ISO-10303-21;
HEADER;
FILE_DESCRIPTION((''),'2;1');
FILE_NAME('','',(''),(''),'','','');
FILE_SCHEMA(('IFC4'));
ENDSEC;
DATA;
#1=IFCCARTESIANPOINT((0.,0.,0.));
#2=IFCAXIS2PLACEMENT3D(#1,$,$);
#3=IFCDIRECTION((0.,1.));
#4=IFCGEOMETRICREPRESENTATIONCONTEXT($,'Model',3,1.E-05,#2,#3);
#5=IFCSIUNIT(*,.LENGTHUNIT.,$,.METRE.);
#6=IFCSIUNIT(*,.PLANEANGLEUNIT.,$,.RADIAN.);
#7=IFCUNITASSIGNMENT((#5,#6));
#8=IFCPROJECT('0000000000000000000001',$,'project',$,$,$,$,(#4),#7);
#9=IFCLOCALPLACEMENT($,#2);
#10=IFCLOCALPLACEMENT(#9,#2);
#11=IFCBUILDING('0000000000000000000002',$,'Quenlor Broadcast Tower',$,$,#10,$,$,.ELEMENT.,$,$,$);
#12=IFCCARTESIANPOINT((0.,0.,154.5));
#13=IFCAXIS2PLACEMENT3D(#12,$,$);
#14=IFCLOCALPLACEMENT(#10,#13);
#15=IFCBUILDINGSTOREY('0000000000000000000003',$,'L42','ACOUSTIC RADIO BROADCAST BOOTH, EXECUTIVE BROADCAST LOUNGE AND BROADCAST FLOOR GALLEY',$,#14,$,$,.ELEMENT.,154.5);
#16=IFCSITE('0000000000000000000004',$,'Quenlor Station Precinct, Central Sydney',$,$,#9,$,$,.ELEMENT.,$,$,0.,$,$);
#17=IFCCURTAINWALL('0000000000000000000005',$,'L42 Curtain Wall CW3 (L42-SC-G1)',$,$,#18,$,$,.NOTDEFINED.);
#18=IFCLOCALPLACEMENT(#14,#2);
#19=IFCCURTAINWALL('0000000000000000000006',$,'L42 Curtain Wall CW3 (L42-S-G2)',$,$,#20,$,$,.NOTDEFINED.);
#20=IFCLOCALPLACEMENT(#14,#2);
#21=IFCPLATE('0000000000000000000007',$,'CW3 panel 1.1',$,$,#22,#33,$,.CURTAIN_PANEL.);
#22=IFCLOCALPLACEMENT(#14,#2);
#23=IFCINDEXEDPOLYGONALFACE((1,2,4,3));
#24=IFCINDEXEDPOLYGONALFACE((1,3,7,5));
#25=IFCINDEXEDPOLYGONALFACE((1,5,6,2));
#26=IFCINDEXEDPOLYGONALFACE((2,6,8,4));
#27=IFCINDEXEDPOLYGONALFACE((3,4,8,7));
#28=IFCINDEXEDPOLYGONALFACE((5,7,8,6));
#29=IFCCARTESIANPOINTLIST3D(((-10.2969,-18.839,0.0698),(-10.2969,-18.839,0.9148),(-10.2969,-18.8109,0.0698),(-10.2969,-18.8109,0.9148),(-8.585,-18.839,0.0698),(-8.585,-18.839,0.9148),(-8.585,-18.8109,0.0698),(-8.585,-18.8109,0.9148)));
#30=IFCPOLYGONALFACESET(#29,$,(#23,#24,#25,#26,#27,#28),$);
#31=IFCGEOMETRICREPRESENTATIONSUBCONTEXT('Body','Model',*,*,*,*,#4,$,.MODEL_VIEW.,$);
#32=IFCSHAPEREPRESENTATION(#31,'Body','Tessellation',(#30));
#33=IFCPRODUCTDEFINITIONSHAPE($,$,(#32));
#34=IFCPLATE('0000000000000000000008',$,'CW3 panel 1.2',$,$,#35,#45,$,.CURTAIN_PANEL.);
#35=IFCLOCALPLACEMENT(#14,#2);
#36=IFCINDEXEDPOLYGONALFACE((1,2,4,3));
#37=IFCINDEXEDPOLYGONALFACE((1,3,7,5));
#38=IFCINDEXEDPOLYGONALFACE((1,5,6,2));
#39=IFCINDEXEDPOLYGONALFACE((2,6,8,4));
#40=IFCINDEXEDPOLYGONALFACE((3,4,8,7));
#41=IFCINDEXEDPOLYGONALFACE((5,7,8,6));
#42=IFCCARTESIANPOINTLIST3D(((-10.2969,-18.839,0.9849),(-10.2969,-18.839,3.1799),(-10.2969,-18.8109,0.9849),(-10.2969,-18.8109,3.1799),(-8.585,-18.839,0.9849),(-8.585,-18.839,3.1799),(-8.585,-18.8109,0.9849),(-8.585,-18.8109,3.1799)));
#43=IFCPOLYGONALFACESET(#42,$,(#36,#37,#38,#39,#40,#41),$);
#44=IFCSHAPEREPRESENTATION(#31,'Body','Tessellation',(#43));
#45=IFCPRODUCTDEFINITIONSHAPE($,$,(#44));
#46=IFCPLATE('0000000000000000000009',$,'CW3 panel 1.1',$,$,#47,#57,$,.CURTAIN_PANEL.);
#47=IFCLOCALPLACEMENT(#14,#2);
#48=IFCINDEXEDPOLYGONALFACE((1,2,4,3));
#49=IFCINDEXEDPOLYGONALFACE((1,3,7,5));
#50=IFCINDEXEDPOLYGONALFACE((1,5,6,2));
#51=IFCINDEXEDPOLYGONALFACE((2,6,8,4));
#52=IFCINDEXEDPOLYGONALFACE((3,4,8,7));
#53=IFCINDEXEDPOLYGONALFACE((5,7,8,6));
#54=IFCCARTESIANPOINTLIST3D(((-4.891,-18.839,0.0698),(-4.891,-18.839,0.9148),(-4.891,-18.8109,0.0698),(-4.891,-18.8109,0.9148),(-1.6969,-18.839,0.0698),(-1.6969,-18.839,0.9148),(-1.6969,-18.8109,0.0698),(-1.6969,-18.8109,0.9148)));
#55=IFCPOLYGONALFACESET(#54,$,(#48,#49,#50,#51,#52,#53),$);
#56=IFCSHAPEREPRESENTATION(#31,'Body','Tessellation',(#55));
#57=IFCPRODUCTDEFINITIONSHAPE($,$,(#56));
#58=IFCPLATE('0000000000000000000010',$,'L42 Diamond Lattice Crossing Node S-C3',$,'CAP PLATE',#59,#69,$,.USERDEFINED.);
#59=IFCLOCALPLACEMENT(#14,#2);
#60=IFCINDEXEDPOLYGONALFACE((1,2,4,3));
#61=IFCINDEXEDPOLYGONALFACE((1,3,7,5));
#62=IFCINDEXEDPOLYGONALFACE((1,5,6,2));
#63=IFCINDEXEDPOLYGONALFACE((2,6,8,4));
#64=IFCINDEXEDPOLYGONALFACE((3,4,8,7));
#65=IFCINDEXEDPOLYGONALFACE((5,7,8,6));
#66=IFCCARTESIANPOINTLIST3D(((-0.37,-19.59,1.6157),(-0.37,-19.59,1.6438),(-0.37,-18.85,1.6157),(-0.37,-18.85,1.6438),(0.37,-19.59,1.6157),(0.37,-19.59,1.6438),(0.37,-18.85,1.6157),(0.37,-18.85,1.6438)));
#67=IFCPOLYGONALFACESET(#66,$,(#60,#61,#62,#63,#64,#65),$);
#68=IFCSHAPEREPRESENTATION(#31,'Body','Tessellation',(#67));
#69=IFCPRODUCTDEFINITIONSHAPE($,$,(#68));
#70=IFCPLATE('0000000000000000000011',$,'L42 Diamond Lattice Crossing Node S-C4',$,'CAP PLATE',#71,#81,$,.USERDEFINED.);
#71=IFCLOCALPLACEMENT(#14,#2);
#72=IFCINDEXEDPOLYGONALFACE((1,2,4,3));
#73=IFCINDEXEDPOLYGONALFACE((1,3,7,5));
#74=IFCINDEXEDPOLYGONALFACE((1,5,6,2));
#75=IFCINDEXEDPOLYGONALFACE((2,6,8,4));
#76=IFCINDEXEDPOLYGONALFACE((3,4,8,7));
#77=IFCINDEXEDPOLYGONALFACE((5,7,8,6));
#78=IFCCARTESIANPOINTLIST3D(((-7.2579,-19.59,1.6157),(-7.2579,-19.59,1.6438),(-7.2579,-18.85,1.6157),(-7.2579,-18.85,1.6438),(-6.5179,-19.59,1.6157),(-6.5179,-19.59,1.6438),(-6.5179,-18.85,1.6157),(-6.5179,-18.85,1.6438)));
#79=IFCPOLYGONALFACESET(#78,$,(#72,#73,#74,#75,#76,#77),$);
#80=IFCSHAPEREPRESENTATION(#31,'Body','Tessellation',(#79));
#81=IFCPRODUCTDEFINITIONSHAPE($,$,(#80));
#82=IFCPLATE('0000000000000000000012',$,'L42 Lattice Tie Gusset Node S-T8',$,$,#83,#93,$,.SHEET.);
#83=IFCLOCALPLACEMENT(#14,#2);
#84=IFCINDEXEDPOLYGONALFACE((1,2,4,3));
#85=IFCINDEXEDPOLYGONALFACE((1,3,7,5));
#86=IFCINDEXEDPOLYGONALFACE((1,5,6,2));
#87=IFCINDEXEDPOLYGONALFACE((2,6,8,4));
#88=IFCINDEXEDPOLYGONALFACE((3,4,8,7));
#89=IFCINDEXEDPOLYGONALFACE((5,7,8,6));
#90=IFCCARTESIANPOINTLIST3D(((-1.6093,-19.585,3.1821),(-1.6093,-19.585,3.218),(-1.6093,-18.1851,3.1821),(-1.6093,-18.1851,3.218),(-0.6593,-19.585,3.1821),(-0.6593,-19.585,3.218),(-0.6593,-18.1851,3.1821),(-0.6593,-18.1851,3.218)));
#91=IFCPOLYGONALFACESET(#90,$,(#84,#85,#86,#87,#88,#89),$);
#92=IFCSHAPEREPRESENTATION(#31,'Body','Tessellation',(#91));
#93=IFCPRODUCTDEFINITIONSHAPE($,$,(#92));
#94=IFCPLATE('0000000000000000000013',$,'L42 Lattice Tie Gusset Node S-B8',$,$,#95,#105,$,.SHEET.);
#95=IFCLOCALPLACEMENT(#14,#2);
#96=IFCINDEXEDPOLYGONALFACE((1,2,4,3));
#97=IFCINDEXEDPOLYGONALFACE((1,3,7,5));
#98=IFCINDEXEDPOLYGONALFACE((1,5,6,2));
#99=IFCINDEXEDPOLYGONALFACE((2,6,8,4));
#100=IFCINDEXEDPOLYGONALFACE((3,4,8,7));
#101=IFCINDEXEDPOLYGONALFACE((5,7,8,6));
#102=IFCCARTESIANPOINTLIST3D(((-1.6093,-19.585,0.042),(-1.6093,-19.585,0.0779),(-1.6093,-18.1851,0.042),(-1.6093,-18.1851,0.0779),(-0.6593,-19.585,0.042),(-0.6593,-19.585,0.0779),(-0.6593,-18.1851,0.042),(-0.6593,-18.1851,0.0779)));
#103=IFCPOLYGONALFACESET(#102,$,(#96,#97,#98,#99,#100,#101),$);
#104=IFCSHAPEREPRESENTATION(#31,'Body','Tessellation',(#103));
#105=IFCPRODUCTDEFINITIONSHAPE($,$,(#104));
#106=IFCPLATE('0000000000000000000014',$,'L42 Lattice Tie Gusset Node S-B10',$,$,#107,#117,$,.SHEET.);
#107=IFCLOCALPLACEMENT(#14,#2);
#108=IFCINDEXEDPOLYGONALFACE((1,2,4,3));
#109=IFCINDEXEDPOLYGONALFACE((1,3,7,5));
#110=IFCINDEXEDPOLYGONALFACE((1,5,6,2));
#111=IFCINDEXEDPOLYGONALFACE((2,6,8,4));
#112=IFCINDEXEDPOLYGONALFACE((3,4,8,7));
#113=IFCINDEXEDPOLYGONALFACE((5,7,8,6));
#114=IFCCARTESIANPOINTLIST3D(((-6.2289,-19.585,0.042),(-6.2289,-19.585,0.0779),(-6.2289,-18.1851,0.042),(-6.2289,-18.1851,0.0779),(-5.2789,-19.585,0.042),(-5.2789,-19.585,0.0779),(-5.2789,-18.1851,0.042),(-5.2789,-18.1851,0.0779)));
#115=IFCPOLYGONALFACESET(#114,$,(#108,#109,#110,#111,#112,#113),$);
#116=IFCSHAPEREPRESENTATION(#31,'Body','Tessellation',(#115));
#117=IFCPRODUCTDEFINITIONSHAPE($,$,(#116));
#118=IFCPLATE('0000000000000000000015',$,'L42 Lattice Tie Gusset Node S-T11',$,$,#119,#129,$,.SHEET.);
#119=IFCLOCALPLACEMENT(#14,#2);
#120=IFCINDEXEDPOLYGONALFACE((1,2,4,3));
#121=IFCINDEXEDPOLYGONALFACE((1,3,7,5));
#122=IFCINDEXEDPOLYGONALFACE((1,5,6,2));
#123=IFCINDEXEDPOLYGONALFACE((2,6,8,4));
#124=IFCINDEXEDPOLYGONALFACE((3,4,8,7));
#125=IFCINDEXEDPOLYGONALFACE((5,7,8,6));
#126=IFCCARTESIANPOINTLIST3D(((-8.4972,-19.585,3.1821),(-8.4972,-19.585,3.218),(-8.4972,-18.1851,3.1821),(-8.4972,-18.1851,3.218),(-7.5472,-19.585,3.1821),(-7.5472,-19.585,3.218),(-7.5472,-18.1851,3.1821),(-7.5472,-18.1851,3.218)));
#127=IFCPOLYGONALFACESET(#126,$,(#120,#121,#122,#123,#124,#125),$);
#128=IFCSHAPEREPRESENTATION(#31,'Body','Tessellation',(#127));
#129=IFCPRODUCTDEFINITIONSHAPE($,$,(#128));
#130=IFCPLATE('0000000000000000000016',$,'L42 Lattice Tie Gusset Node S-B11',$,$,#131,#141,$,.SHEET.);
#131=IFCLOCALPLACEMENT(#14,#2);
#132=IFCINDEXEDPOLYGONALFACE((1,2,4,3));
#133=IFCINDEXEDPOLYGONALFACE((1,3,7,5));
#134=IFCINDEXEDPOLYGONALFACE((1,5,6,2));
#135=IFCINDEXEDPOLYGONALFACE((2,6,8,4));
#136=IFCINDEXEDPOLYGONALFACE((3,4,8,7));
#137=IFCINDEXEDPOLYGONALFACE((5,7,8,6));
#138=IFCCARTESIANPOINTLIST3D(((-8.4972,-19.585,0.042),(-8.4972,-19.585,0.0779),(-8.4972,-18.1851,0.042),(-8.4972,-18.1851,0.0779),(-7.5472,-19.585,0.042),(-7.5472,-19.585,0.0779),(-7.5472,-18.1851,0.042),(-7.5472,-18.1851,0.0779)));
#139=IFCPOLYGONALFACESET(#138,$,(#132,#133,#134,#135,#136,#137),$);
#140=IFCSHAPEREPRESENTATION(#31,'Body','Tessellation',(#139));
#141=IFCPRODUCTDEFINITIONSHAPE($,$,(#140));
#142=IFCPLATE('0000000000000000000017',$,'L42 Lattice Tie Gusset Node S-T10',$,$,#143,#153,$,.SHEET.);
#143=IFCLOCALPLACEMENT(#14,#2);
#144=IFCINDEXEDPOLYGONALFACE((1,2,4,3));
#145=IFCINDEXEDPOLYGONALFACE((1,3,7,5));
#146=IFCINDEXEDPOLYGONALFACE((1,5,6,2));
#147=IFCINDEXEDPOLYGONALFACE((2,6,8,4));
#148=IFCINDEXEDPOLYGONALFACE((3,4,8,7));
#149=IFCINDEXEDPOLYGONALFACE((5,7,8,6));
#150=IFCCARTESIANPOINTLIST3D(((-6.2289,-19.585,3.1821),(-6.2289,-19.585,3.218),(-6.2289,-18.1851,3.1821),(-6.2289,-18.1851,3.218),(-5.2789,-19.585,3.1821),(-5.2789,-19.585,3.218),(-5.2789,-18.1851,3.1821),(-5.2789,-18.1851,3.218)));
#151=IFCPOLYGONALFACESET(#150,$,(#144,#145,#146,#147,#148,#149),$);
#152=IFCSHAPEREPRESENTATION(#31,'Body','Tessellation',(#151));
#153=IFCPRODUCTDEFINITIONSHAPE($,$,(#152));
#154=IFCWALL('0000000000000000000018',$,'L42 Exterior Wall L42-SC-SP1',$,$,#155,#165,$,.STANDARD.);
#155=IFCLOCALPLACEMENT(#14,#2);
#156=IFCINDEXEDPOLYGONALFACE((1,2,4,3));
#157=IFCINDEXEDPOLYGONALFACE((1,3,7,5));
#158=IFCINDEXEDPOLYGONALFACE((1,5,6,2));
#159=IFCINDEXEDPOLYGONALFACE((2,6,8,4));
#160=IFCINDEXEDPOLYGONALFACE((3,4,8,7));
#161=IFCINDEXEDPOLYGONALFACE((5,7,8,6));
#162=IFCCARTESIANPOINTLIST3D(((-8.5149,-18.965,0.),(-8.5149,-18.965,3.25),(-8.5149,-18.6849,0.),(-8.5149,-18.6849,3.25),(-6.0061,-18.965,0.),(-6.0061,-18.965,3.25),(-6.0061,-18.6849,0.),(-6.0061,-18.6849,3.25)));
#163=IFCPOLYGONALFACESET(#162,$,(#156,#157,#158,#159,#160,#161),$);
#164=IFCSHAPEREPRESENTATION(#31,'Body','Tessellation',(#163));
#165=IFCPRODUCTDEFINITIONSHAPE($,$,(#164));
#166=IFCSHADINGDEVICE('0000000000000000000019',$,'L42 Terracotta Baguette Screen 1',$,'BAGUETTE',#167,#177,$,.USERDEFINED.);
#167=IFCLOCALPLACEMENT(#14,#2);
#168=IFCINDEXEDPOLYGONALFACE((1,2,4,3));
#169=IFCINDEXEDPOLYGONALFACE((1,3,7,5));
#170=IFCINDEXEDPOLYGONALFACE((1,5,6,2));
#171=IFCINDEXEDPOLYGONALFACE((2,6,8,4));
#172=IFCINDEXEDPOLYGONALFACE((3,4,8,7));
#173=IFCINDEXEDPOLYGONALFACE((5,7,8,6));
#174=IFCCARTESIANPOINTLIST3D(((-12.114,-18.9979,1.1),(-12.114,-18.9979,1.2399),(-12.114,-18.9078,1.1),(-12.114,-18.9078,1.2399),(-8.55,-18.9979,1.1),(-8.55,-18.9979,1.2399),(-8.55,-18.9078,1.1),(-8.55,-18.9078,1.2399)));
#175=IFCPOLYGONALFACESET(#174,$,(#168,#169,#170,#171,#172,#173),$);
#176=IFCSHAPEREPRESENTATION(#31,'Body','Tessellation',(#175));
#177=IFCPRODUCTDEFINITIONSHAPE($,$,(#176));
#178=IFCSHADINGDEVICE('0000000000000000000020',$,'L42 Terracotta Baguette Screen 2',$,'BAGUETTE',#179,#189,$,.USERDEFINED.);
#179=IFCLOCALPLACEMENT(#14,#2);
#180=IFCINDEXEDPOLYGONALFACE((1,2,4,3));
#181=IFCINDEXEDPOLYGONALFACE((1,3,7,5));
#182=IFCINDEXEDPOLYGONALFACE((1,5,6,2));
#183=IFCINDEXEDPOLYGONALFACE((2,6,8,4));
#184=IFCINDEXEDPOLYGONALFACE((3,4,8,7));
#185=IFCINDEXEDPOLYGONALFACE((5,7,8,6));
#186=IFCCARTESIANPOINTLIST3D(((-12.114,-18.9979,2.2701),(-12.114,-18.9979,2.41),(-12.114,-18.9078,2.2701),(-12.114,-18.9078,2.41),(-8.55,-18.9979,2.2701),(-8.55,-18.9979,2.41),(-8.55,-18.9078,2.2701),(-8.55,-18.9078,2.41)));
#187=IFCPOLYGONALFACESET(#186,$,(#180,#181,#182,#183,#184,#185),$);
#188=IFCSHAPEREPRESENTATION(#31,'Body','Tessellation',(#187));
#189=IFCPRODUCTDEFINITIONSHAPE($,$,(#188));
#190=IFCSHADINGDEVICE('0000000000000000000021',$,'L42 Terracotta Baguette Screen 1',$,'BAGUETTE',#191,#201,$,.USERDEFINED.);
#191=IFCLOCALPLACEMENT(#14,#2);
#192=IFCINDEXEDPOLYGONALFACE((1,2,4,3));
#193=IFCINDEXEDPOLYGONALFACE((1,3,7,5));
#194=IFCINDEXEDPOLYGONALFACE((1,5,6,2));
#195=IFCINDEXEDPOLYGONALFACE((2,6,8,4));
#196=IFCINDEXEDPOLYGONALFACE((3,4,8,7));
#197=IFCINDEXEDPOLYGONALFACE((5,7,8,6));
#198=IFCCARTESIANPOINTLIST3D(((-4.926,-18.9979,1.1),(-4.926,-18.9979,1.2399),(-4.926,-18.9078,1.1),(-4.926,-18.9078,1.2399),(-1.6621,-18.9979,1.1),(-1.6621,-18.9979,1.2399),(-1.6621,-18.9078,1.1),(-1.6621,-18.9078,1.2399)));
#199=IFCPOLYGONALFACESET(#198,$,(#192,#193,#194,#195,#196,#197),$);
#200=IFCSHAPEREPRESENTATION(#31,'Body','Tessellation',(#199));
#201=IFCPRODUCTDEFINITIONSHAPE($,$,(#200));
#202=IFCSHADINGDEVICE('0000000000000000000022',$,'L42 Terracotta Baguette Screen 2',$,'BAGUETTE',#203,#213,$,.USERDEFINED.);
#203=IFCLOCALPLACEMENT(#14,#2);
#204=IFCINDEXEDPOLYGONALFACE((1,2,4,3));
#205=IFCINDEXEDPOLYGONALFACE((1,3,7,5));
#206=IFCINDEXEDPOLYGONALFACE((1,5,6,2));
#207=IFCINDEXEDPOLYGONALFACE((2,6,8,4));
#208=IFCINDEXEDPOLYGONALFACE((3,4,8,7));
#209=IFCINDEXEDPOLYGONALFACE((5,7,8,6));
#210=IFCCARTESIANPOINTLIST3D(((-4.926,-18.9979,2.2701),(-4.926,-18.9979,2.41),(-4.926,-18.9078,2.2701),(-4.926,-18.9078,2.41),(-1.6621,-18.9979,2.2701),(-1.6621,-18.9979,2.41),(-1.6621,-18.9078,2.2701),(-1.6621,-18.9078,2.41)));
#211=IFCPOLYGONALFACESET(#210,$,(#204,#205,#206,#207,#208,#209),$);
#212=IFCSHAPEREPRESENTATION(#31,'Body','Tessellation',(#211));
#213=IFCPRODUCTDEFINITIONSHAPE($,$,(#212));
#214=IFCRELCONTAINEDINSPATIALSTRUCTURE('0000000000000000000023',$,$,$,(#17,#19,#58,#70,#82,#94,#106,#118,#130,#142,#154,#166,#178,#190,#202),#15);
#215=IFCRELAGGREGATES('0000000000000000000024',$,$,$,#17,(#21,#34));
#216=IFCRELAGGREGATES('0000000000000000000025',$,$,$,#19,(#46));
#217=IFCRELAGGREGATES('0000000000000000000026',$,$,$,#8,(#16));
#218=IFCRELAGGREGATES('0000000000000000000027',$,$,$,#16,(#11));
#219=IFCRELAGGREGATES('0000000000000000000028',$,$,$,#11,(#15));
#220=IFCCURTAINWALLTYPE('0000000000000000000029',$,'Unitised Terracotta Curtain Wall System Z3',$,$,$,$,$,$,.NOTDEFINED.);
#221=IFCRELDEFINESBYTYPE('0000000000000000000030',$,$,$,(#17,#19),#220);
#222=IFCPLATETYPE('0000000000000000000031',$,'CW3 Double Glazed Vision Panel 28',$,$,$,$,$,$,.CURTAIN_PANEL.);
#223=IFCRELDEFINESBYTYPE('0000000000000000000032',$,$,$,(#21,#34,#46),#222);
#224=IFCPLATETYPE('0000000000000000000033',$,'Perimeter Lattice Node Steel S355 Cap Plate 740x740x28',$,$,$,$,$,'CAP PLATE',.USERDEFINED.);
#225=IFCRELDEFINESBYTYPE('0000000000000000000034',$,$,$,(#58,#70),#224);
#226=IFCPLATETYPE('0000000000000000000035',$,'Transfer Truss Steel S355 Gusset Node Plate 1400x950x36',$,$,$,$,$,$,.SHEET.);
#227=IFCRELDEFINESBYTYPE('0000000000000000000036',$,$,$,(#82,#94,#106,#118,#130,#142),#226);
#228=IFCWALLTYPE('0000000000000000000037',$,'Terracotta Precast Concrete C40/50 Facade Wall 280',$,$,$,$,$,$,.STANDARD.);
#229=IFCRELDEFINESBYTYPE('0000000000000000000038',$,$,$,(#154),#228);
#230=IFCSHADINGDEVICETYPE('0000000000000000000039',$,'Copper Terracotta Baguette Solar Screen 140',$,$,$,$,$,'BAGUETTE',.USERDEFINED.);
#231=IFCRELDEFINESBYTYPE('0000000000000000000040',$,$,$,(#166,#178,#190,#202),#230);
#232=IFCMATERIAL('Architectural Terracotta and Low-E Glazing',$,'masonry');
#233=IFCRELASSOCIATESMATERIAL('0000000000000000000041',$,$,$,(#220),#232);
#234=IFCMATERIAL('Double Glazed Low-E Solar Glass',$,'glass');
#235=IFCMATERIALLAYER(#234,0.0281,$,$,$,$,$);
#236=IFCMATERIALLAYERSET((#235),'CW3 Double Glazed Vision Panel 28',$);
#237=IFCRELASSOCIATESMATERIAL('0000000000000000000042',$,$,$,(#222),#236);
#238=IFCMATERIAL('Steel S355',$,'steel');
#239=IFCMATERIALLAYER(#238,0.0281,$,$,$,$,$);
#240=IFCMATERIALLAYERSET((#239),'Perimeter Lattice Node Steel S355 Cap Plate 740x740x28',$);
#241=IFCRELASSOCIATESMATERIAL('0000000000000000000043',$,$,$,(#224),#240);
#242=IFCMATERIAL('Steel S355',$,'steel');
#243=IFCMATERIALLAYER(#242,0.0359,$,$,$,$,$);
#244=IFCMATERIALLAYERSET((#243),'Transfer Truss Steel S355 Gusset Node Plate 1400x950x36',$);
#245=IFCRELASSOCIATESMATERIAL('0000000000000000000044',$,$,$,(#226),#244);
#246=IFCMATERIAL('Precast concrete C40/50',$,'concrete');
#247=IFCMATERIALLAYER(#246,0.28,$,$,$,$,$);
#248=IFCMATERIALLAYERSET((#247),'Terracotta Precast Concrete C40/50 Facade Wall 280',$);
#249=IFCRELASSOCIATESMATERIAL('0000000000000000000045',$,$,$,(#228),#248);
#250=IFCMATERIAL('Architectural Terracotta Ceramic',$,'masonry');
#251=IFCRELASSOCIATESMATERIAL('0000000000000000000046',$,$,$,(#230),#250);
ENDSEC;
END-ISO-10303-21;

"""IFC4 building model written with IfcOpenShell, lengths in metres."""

from ifc_helpers import new_model, si_unit, direction, frame, frame_2d, origin, origin_2d, place, context, subcontext, project, spatial, rectangle, extrude, material, layer, layer_set, material_profile, profile_set, type_object, element, aggregate, save


model = new_model("IFC4")

# Units and contexts
model_context = context("Model", 3, precision=1e-05, world=origin(), true_north=direction((0.0, 1.0)))
body_context = subcontext(model_context, "Body", "Model", "MODEL_VIEW")
ifc_project = project(units=[si_unit("LENGTHUNIT", "METRE"), si_unit("PLANEANGLEUNIT", "RADIAN")], contexts=[model_context])

# Site, building, storey
site_placement = place(None, origin())
site = spatial("IfcSite", under=ifc_project, at=site_placement, Name="Quenlor Station Precinct, Central Sydney", CompositionType="ELEMENT", RefElevation=0.0)
building_placement = place(site_placement, origin())
building = spatial("IfcBuilding", under=site, at=building_placement, Name="Quenlor Broadcast Tower", CompositionType="ELEMENT")
storey_placement = place(building_placement, frame((0.0, 0.0, 154.5)))
storey = spatial("IfcBuildingStorey", under=building, at=storey_placement, Name="L42", Description="ACOUSTIC RADIO BROADCAST BOOTH, EXECUTIVE BROADCAST LOUNGE AND BROADCAST FLOOR GALLEY", CompositionType="ELEMENT", Elevation=154.5)

# Curtain wall
ifc_material_1 = material(Name="Architectural Terracotta and Low-E Glazing", Category="masonry")
curtain_wall_type = type_object("IfcCurtainWallType", Name="Unitised Terracotta Curtain Wall System Z3", PredefinedType="NOTDEFINED", material=ifc_material_1)
curtain_wall_1_placement = place(storey_placement, origin())
curtain_wall_1 = element("IfcCurtainWall", 1, at=curtain_wall_1_placement, inside=storey, type_object=curtain_wall_type, Name="L42 Curtain Wall CW3 (L42-SC-G1)", PredefinedType="NOTDEFINED")

# Curtain wall
curtain_wall_2_placement = place(storey_placement, origin())
curtain_wall_2 = element("IfcCurtainWall", 2, at=curtain_wall_2_placement, inside=storey, type_object=curtain_wall_type, Name="L42 Curtain Wall CW3 (L42-S-G2)", PredefinedType="NOTDEFINED")

# Plates
ifc_material_2 = material(Name="Double Glazed Low-E Solar Glass", Category="glass")
ifc_layer_1 = layer(ifc_material_2, 0.0281)
ifc_layer_set_1 = layer_set([ifc_layer_1], Name="CW3 Double Glazed Vision Panel 28")
plate_type_1 = type_object("IfcPlateType", Name="CW3 Double Glazed Vision Panel 28", PredefinedType="CURTAIN_PANEL", material=ifc_layer_set_1)
plate_1_placement = place(storey_placement, frame((-9.4409, -18.825, 0.0698), z_axis=(0.0, 0.0, 1.0), x_axis=(-1.0, 0.0, 0.0)))
plate_1 = element("IfcPlate", 3, at=plate_1_placement, type_object=plate_type_1, Name="CW3 panel 1.1", PredefinedType="CURTAIN_PANEL", context=body_context, shape_type="SweptSolid", body=[
    extrude(rectangle(XDim=1.7119, YDim=0.0281, at=origin_2d()), origin(), (0.0, 0.0, 1.0), 0.845),
])
plate_2_placement = place(storey_placement, frame((-9.4409, -18.825, 0.9849), z_axis=(0.0, 0.0, 1.0), x_axis=(-1.0, 0.0, 0.0)))
plate_2 = element("IfcPlate", 4, at=plate_2_placement, type_object=plate_type_1, Name="CW3 panel 1.2", PredefinedType="CURTAIN_PANEL", context=body_context, shape_type="SweptSolid", body=[
    extrude(rectangle(XDim=1.7119, YDim=0.0281, at=origin_2d()), origin(), (0.0, 0.0, 1.0), 2.1951),
])
aggregate(curtain_wall_1, [plate_1, plate_2])
plate_3_placement = place(storey_placement, frame((-3.2939, -18.825, 0.0698), z_axis=(0.0, 0.0, 1.0), x_axis=(-1.0, 0.0, 0.0)))
plate_3 = element("IfcPlate", 5, at=plate_3_placement, type_object=plate_type_1, Name="CW3 panel 1.1", PredefinedType="CURTAIN_PANEL", context=body_context, shape_type="SweptSolid", body=[
    extrude(rectangle(XDim=3.1941, YDim=0.0281, at=origin_2d()), origin(), (0.0, 0.0, 1.0), 0.845),
])
aggregate(curtain_wall_2, [plate_3])

# Plates
ifc_material_3 = material(Name="Steel S355", Category="steel")
ifc_layer_2 = layer(ifc_material_3, 0.0281)
ifc_layer_set_2 = layer_set([ifc_layer_2], Name="Perimeter Lattice Node Steel S355 Cap Plate 740x740x28")
plate_type_2 = type_object("IfcPlateType", Name="Perimeter Lattice Node Steel S355 Cap Plate 740x740x28", ElementType="CAP PLATE", PredefinedType="USERDEFINED", material=ifc_layer_set_2)
for number, where, z_axis, x_axis, name in (
    (6, (0.0, -19.22, 1.6157), (0.0, 0.0, 1.0), (-1.0, 0.0, 0.0), "L42 Diamond Lattice Crossing Node S-C3"),
    (7, (-6.8879, -19.22, 1.6157), (0.0, 0.0, 1.0), (-1.0, 0.0, 0.0), "L42 Diamond Lattice Crossing Node S-C4"),
):
    element("IfcPlate", number, at=place(storey_placement, frame(where, z_axis=z_axis, x_axis=x_axis)), inside=storey, type_object=plate_type_2, Name=name, ObjectType="CAP PLATE", PredefinedType="USERDEFINED", context=body_context, shape_type="SweptSolid", body=[
        extrude(rectangle(XDim=0.74, YDim=0.74, at=origin_2d()), origin(), (0.0, 0.0, 1.0), 0.0281),
    ])
ifc_material_4 = material(Name="Steel S355", Category="steel")
ifc_layer_3 = layer(ifc_material_4, 0.0359)
ifc_layer_set_3 = layer_set([ifc_layer_3], Name="Transfer Truss Steel S355 Gusset Node Plate 1400x950x36")
plate_type_3 = type_object("IfcPlateType", Name="Transfer Truss Steel S355 Gusset Node Plate 1400x950x36", PredefinedType="SHEET", material=ifc_layer_set_3)
for number, where, z_axis, x_axis, name in (
    (8, (-1.1343, -18.885, 3.1821), (0.0, 0.0, 1.0), (0.0, -1.0, 0.0), "L42 Lattice Tie Gusset Node S-T8"),
    (9, (-1.1343, -18.885, 0.042), (0.0, 0.0, 1.0), (0.0, -1.0, 0.0), "L42 Lattice Tie Gusset Node S-B8"),
    (10, (-5.7539, -18.885, 0.042), (0.0, 0.0, 1.0), (0.0, -1.0, 0.0), "L42 Lattice Tie Gusset Node S-B10"),
    (11, (-8.0222, -18.885, 3.1821), (0.0, 0.0, 1.0), (0.0, -1.0, 0.0), "L42 Lattice Tie Gusset Node S-T11"),
    (12, (-8.0222, -18.885, 0.042), (0.0, 0.0, 1.0), (0.0, -1.0, 0.0), "L42 Lattice Tie Gusset Node S-B11"),
    (13, (-5.7539, -18.885, 3.1821), (0.0, 0.0, 1.0), (0.0, -1.0, 0.0), "L42 Lattice Tie Gusset Node S-T10"),
):
    element("IfcPlate", number, at=place(storey_placement, frame(where, z_axis=z_axis, x_axis=x_axis)), inside=storey, type_object=plate_type_3, Name=name, PredefinedType="SHEET", context=body_context, shape_type="SweptSolid", body=[
        extrude(rectangle(XDim=1.3999, YDim=0.95, at=origin_2d()), origin(), (0.0, 0.0, 1.0), 0.0359),
    ])

# Wall
ifc_material_5 = material(Name="Precast concrete C40/50", Category="concrete")
ifc_layer_4 = layer(ifc_material_5, 0.28)
ifc_layer_set_4 = layer_set([ifc_layer_4], Name="Terracotta Precast Concrete C40/50 Facade Wall 280")
wall_type = type_object("IfcWallType", Name="Terracotta Precast Concrete C40/50 Facade Wall 280", PredefinedType="STANDARD", material=ifc_layer_set_4)
wall_placement = place(storey_placement, frame((-6.0061, -18.825, 0.0), z_axis=(0.0, 0.0, 1.0), x_axis=(-1.0, 0.0, 0.0)))
element("IfcWall", 14, at=wall_placement, inside=storey, type_object=wall_type, Name="L42 Exterior Wall L42-SC-SP1", PredefinedType="STANDARD", context=body_context, shape_type="SweptSolid", body=[
    extrude(rectangle(XDim=2.5088, YDim=0.28, at=frame_2d((1.2544, 0.0))), origin(), (0.0, 0.0, 1.0), 3.25),
])

# Shading devices
ifc_material_6 = material(Name="Architectural Terracotta Ceramic", Category="masonry")
ifc_material_profile_1 = material_profile(ifc_material_6, rectangle(XDim=0.0901, YDim=0.1399, at=origin_2d()))
ifc_profile_set_1 = profile_set([ifc_material_profile_1], Name="Architectural Terracotta Ceramic BAG90x140")
shading_device_type = type_object("IfcShadingDeviceType", Name="Copper Terracotta Baguette Solar Screen 140", ElementType="BAGUETTE", PredefinedType="USERDEFINED", material=ifc_profile_set_1)
for number, where, z_axis, x_axis, name in (
    (15, (-8.55, -18.9529, 1.1699), (-1.0, 0.0, 0.0), (0.0, -1.0, 0.0), "L42 Terracotta Baguette Screen 1"),
    (16, (-8.55, -18.9529, 2.3401), (-1.0, 0.0, 0.0), (0.0, -1.0, 0.0), "L42 Terracotta Baguette Screen 2"),
):
    element("IfcShadingDevice", number, at=place(storey_placement, frame(where, z_axis=z_axis, x_axis=x_axis)), inside=storey, type_object=shading_device_type, Name=name, ObjectType="BAGUETTE", PredefinedType="USERDEFINED", context=body_context, shape_type="SweptSolid", body=[
        extrude(rectangle(XDim=0.0901, YDim=0.1399, at=origin_2d()), origin(), (0.0, 0.0, 1.0), 3.564),
    ])
for number, where, z_axis, x_axis, name in (
    (17, (-1.6621, -18.9529, 1.1699), (-1.0, 0.0, 0.0), (0.0, -1.0, 0.0), "L42 Terracotta Baguette Screen 1"),
    (18, (-1.6621, -18.9529, 2.3401), (-1.0, 0.0, 0.0), (0.0, -1.0, 0.0), "L42 Terracotta Baguette Screen 2"),
):
    element("IfcShadingDevice", number, at=place(storey_placement, frame(where, z_axis=z_axis, x_axis=x_axis)), inside=storey, type_object=shading_device_type, Name=name, ObjectType="BAGUETTE", PredefinedType="USERDEFINED", context=body_context, shape_type="SweptSolid", body=[
        extrude(rectangle(XDim=0.0901, YDim=0.1399, at=origin_2d()), origin(), (0.0, 0.0, 1.0), 3.2639),
    ])

save(model, "model.ifc")
